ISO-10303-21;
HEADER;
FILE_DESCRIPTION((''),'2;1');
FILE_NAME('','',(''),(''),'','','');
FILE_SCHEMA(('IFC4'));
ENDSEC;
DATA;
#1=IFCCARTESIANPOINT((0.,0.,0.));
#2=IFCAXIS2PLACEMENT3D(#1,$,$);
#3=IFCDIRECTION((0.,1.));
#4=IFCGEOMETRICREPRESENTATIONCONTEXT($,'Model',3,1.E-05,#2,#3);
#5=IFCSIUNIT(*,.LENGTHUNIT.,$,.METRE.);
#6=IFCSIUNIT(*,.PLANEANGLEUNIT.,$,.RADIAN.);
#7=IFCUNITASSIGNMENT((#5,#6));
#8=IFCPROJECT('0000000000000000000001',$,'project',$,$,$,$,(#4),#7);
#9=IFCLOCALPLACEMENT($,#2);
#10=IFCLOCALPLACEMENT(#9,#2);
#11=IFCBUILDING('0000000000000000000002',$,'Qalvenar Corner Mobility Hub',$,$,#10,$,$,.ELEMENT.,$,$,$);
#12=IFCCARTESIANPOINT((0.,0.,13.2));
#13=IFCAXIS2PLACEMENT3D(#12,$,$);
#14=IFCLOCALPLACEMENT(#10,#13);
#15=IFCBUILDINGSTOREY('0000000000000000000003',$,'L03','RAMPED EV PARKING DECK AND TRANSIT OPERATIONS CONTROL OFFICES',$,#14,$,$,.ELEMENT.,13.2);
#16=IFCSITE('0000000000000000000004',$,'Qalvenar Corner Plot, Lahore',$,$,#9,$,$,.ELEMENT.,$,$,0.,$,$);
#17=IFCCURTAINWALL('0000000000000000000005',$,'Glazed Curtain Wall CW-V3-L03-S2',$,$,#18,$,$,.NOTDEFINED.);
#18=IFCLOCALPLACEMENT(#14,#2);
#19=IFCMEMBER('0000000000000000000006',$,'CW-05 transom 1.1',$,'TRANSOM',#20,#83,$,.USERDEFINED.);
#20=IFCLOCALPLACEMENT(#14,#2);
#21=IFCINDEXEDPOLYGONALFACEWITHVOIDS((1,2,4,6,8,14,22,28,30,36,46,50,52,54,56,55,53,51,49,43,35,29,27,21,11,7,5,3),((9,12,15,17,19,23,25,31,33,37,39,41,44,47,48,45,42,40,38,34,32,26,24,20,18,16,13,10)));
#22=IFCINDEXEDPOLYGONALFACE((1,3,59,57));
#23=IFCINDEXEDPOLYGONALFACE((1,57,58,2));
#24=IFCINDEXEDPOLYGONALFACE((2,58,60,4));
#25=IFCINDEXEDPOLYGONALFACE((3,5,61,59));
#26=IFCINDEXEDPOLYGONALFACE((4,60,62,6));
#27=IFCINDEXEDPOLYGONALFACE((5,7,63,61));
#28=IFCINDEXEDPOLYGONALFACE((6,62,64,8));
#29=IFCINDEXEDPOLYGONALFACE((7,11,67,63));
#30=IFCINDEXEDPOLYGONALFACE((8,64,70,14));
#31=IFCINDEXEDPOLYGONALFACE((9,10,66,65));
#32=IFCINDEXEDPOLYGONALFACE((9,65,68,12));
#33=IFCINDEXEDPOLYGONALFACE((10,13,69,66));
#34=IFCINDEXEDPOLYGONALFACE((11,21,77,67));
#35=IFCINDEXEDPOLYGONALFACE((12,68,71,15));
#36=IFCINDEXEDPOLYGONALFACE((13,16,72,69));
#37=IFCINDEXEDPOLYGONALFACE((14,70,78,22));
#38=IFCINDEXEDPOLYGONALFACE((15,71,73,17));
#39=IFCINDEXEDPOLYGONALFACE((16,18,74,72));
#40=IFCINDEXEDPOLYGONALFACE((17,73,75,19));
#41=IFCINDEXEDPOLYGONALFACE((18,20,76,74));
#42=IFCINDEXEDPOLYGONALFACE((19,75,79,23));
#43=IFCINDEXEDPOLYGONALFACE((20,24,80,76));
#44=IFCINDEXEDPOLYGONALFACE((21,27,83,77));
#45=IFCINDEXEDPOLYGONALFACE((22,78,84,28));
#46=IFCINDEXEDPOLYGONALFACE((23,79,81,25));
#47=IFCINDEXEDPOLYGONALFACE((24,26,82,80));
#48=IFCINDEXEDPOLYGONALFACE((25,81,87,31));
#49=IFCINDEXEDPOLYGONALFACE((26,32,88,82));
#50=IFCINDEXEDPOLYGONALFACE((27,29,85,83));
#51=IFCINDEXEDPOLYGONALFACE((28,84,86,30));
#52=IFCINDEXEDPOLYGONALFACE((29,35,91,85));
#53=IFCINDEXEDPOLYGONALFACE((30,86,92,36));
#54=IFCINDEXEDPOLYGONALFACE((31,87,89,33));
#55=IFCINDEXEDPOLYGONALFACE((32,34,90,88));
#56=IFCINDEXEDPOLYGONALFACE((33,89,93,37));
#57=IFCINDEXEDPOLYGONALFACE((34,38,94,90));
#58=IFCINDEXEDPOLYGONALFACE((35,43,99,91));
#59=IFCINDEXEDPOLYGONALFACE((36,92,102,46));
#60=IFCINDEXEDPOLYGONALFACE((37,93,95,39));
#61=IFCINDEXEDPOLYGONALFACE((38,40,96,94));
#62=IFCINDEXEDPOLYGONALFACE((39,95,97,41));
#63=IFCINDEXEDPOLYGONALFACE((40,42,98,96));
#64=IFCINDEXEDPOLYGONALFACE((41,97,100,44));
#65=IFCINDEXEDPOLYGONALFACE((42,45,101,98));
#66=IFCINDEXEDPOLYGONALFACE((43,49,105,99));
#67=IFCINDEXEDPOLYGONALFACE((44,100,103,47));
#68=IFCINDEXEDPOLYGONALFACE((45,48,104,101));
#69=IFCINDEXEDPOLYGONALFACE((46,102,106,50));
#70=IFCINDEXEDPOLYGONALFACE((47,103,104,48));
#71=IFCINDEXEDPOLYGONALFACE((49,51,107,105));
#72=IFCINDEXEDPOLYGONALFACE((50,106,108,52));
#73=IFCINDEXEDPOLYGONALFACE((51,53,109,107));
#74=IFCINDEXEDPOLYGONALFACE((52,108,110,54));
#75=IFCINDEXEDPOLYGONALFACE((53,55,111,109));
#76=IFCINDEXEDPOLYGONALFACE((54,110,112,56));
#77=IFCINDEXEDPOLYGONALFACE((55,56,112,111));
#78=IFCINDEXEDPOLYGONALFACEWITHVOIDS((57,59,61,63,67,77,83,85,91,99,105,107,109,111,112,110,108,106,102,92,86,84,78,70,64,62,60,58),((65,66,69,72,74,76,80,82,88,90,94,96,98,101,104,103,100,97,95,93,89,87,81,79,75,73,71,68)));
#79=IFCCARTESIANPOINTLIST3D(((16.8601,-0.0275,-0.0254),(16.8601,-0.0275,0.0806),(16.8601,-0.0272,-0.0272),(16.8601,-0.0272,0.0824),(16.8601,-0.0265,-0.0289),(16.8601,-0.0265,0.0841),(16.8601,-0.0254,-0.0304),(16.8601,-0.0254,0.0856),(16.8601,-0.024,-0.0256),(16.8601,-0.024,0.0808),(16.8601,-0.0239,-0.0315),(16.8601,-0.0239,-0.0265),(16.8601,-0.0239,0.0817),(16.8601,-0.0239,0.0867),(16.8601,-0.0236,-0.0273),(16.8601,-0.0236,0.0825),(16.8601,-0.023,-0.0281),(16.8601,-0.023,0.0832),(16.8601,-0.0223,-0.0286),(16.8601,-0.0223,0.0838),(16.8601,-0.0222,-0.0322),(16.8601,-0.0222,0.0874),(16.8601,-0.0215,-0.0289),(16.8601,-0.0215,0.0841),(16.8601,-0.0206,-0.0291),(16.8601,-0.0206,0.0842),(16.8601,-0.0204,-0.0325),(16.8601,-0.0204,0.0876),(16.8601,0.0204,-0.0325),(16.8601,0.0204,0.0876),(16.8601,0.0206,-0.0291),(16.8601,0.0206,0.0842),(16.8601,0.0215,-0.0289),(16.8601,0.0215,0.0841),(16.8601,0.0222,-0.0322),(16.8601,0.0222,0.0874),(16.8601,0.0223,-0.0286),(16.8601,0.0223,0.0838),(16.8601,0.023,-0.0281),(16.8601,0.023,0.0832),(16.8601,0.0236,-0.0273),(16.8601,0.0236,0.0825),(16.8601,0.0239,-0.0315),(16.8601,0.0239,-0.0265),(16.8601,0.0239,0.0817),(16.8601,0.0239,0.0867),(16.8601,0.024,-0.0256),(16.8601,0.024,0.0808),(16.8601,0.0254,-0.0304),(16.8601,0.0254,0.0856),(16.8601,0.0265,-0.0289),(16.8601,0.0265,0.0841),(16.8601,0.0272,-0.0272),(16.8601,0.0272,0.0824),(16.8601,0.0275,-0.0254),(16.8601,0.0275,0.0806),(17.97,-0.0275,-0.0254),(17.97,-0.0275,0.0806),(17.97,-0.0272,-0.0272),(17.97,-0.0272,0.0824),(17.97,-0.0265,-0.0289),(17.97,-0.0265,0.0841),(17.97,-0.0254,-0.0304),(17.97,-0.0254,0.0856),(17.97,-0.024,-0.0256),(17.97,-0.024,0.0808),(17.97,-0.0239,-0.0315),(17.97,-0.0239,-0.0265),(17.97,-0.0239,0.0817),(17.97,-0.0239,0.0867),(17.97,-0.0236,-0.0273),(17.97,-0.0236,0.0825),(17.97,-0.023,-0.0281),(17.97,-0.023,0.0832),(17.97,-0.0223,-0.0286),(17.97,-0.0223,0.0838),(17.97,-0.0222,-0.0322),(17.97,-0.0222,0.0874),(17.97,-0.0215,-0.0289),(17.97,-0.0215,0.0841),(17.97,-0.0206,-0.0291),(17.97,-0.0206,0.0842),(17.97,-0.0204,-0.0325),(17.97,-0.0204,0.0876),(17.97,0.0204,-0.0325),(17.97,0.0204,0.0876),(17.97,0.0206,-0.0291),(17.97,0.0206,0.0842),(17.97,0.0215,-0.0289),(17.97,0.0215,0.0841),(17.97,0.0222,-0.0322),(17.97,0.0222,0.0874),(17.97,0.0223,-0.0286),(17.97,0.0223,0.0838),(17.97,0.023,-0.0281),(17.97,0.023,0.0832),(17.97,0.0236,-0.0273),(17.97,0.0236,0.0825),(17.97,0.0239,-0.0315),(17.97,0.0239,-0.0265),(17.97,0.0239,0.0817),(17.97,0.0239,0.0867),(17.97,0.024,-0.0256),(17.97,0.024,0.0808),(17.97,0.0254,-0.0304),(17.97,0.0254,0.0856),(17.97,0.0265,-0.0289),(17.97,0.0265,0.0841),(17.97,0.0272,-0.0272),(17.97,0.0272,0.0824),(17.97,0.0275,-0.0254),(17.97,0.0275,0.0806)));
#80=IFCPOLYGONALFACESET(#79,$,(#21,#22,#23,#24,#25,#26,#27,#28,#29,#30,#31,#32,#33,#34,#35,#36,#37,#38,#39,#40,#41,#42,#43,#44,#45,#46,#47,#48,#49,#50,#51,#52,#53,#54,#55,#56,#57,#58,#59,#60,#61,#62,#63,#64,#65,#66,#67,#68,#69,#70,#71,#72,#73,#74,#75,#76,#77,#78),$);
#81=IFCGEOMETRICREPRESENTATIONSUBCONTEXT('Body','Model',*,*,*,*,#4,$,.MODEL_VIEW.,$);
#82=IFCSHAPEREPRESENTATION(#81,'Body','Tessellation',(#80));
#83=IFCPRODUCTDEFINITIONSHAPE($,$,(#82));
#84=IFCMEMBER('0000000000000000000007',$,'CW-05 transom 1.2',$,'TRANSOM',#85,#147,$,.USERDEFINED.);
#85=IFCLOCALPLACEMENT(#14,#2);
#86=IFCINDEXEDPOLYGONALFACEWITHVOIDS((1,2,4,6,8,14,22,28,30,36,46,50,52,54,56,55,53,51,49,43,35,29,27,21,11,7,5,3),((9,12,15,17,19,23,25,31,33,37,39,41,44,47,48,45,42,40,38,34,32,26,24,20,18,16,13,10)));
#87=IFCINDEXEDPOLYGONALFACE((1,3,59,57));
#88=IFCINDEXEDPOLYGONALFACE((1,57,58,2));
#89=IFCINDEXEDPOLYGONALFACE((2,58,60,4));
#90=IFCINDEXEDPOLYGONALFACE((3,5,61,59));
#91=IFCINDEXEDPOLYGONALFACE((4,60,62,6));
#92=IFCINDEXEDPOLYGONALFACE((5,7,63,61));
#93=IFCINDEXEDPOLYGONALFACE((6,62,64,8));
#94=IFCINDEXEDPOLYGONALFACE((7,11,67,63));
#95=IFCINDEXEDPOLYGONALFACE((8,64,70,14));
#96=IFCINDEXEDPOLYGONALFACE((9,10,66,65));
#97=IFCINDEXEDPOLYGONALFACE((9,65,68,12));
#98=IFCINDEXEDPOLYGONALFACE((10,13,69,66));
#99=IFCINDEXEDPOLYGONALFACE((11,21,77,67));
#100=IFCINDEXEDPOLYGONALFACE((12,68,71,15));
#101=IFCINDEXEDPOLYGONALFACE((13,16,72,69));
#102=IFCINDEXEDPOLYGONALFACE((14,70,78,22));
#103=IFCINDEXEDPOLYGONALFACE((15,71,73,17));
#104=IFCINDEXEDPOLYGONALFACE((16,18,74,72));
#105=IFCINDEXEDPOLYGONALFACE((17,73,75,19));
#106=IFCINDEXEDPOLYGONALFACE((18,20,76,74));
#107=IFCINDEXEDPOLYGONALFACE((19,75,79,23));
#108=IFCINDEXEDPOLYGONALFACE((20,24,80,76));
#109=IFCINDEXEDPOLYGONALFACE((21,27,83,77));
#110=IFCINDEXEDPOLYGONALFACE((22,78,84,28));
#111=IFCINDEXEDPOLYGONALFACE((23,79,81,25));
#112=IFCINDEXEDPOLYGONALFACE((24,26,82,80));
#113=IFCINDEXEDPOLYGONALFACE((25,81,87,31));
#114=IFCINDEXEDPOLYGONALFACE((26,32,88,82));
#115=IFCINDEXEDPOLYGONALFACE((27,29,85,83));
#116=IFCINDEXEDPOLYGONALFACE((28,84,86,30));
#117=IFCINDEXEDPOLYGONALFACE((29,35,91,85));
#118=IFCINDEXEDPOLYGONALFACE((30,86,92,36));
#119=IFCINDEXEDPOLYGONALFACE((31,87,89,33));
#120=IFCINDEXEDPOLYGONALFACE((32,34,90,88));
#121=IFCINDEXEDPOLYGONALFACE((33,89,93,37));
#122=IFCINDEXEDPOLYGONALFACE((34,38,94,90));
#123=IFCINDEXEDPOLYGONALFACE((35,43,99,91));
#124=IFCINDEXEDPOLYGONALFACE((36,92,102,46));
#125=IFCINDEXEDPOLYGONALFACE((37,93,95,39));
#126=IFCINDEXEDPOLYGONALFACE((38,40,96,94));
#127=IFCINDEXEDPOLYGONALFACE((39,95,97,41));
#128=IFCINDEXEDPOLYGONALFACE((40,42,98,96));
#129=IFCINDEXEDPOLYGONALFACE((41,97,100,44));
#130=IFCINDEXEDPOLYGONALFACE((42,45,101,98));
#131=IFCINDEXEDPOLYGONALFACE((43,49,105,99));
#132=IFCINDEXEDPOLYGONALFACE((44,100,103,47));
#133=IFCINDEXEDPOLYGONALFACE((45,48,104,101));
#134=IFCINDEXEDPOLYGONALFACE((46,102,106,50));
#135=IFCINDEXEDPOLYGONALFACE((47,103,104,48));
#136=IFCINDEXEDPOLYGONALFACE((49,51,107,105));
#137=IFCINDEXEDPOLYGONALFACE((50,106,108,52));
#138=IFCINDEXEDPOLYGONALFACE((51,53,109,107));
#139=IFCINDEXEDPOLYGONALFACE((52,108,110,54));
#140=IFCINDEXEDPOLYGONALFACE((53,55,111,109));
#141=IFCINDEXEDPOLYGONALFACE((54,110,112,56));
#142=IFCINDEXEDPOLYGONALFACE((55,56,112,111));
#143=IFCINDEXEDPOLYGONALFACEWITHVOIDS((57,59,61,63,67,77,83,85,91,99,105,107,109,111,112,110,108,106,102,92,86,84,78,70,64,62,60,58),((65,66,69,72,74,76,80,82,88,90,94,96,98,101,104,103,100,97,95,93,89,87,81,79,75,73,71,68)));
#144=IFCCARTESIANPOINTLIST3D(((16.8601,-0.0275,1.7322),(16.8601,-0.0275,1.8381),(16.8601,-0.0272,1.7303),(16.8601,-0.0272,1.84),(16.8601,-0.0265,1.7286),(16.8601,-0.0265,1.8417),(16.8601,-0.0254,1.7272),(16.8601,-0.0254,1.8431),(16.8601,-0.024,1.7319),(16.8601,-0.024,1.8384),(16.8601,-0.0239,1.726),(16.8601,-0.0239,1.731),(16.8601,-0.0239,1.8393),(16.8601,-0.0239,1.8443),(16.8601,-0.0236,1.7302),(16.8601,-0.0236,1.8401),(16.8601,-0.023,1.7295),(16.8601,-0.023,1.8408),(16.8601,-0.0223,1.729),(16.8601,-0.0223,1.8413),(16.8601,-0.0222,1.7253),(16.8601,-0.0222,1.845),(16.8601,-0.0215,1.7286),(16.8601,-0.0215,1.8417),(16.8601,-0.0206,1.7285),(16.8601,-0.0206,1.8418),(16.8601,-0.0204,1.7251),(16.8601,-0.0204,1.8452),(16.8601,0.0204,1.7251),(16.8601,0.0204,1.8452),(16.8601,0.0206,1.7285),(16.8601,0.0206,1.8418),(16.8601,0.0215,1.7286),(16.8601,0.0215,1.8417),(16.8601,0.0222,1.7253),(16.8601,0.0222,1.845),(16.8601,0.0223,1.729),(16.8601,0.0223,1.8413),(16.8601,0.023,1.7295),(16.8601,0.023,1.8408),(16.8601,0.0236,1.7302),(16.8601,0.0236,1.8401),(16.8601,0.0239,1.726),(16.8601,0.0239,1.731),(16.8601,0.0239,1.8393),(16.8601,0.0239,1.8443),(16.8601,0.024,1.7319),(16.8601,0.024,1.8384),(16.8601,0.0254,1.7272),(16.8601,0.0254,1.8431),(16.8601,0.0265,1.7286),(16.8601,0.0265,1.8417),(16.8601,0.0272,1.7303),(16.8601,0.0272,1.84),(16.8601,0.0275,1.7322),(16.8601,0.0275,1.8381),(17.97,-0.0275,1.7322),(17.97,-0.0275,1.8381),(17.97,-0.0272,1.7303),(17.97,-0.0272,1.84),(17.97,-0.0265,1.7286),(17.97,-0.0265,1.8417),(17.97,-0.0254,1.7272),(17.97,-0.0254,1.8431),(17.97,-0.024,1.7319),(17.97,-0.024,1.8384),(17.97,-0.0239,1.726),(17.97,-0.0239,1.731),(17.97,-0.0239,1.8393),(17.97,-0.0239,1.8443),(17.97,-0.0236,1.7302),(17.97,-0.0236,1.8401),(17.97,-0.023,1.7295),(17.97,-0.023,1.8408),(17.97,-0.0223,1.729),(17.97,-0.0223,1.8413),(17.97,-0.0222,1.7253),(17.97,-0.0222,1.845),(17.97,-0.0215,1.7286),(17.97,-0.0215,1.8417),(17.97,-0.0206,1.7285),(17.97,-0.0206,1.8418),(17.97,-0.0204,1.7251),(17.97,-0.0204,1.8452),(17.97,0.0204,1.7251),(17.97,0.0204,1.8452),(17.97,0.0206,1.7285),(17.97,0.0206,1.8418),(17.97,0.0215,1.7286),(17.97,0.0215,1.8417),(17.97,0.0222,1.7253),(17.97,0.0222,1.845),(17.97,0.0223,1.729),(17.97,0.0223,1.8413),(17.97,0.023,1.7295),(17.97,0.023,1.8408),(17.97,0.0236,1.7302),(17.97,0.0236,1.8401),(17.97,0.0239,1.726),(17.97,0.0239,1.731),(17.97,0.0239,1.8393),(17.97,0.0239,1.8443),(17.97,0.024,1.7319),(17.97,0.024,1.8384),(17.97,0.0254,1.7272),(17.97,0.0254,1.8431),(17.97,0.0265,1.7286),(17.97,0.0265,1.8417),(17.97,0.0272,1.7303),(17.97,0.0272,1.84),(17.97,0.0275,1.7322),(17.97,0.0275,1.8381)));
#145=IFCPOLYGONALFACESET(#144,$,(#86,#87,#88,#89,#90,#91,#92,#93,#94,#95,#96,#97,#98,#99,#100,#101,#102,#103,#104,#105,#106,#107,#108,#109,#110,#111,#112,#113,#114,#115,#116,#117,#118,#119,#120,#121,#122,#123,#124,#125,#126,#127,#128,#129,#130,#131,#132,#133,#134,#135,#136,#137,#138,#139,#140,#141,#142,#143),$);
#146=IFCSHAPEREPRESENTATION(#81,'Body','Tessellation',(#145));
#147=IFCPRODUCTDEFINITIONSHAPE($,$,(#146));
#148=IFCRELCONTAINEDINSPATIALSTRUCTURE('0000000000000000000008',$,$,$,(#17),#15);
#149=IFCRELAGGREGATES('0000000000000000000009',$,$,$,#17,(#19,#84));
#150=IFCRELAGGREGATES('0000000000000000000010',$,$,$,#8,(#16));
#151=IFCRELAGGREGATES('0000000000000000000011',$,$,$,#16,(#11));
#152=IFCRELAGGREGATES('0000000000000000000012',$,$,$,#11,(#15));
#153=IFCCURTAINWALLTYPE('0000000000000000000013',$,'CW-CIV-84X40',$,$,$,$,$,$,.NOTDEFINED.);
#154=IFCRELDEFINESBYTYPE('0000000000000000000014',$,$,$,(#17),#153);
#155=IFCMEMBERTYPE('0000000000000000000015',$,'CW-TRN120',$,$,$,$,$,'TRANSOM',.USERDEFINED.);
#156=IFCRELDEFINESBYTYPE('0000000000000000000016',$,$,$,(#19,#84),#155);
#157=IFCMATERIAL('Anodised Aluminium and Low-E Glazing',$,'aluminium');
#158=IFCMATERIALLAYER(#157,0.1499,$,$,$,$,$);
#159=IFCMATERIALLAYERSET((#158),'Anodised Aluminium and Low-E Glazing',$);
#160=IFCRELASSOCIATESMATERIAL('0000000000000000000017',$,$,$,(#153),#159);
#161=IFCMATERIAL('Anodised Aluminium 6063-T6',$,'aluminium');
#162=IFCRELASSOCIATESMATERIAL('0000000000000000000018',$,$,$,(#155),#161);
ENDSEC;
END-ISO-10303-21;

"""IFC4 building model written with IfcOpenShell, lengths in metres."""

from ifc_helpers import new_model, si_unit, direction, frame, origin, origin_2d, place, context, subcontext, project, spatial, hollow_rectangle, extrude, material, layer, layer_set, material_profile, profile_set, type_object, element, aggregate, save


model = new_model("IFC4")

# Units and contexts
model_context = context("Model", 3, precision=1e-05, world=origin(), true_north=direction((0.0, 1.0)))
body_context = subcontext(model_context, "Body", "Model", "MODEL_VIEW")
ifc_project = project(units=[si_unit("LENGTHUNIT", "METRE"), si_unit("PLANEANGLEUNIT", "RADIAN")], contexts=[model_context])

# Site, building, storey
site_placement = place(None, origin())
site = spatial("IfcSite", under=ifc_project, at=site_placement, Name="Qalvenar Corner Plot, Lahore", CompositionType="ELEMENT", RefElevation=0.0)
building_placement = place(site_placement, origin())
building = spatial("IfcBuilding", under=site, at=building_placement, Name="Qalvenar Corner Mobility Hub", CompositionType="ELEMENT")
storey_placement = place(building_placement, frame((0.0, 0.0, 13.2)))
storey = spatial("IfcBuildingStorey", under=building, at=storey_placement, Name="L03", Description="RAMPED EV PARKING DECK AND TRANSIT OPERATIONS CONTROL OFFICES", CompositionType="ELEMENT", Elevation=13.2)

# Curtain wall, members
ifc_material_1 = material(Name="Anodised Aluminium and Low-E Glazing", Category="aluminium")
ifc_layer_1 = layer(ifc_material_1, 0.1499)
ifc_layer_set_1 = layer_set([ifc_layer_1], Name="Anodised Aluminium and Low-E Glazing")
curtain_wall_type = type_object("IfcCurtainWallType", Name="CW-CIV-84X40", PredefinedType="NOTDEFINED", material=ifc_layer_set_1)
curtain_wall_placement = place(storey_placement, origin())
curtain_wall = element("IfcCurtainWall", 1, at=curtain_wall_placement, inside=storey, type_object=curtain_wall_type, Name="Glazed Curtain Wall CW-V3-L03-S2", PredefinedType="NOTDEFINED")
ifc_material_2 = material(Name="Anodised Aluminium 6063-T6", Category="aluminium")
ifc_material_profile_1 = material_profile(ifc_material_2, hollow_rectangle(XDim=0.0549, YDim=0.1201, WallThickness=0.0034, InnerFilletRadius=0.0034, OuterFilletRadius=0.0071, at=origin_2d()), Name="RHS120x55x3.5")
ifc_profile_set_1 = profile_set([ifc_material_profile_1], Name="Anodised Aluminium 6063-T6")
member_type_1 = type_object("IfcMemberType", Name="CW-TRN120", ElementType="TRANSOM", PredefinedType="USERDEFINED", material=ifc_profile_set_1)
member_1_placement = place(storey_placement, frame((16.8601, 0.0, 0.0276), z_axis=(1.0, 0.0, 0.0), x_axis=(0.0, 1.0, 0.0)))
member_1 = element("IfcMember", 2, at=member_1_placement, type_object=member_type_1, Name="CW-05 transom 1.1", ObjectType="TRANSOM", PredefinedType="USERDEFINED", context=body_context, shape_type="SweptSolid", body=[
    extrude(hollow_rectangle(XDim=0.0549, YDim=0.1201, WallThickness=0.0034, InnerFilletRadius=0.0034, OuterFilletRadius=0.0071, at=origin_2d()), origin(), (0.0, 0.0, 1.0), 1.1099),
])
member_2_placement = place(storey_placement, frame((16.8601, 0.0, 1.7852), z_axis=(1.0, 0.0, 0.0), x_axis=(0.0, 1.0, 0.0)))
member_2 = element("IfcMember", 3, at=member_2_placement, type_object=member_type_1, Name="CW-05 transom 1.2", ObjectType="TRANSOM", PredefinedType="USERDEFINED", context=body_context, shape_type="SweptSolid", body=[
    extrude(hollow_rectangle(XDim=0.0549, YDim=0.1201, WallThickness=0.0034, InnerFilletRadius=0.0034, OuterFilletRadius=0.0071, at=origin_2d()), origin(), (0.0, 0.0, 1.0), 1.1099),
])
aggregate(curtain_wall, [member_1, member_2])

save(model, "model.ifc")
